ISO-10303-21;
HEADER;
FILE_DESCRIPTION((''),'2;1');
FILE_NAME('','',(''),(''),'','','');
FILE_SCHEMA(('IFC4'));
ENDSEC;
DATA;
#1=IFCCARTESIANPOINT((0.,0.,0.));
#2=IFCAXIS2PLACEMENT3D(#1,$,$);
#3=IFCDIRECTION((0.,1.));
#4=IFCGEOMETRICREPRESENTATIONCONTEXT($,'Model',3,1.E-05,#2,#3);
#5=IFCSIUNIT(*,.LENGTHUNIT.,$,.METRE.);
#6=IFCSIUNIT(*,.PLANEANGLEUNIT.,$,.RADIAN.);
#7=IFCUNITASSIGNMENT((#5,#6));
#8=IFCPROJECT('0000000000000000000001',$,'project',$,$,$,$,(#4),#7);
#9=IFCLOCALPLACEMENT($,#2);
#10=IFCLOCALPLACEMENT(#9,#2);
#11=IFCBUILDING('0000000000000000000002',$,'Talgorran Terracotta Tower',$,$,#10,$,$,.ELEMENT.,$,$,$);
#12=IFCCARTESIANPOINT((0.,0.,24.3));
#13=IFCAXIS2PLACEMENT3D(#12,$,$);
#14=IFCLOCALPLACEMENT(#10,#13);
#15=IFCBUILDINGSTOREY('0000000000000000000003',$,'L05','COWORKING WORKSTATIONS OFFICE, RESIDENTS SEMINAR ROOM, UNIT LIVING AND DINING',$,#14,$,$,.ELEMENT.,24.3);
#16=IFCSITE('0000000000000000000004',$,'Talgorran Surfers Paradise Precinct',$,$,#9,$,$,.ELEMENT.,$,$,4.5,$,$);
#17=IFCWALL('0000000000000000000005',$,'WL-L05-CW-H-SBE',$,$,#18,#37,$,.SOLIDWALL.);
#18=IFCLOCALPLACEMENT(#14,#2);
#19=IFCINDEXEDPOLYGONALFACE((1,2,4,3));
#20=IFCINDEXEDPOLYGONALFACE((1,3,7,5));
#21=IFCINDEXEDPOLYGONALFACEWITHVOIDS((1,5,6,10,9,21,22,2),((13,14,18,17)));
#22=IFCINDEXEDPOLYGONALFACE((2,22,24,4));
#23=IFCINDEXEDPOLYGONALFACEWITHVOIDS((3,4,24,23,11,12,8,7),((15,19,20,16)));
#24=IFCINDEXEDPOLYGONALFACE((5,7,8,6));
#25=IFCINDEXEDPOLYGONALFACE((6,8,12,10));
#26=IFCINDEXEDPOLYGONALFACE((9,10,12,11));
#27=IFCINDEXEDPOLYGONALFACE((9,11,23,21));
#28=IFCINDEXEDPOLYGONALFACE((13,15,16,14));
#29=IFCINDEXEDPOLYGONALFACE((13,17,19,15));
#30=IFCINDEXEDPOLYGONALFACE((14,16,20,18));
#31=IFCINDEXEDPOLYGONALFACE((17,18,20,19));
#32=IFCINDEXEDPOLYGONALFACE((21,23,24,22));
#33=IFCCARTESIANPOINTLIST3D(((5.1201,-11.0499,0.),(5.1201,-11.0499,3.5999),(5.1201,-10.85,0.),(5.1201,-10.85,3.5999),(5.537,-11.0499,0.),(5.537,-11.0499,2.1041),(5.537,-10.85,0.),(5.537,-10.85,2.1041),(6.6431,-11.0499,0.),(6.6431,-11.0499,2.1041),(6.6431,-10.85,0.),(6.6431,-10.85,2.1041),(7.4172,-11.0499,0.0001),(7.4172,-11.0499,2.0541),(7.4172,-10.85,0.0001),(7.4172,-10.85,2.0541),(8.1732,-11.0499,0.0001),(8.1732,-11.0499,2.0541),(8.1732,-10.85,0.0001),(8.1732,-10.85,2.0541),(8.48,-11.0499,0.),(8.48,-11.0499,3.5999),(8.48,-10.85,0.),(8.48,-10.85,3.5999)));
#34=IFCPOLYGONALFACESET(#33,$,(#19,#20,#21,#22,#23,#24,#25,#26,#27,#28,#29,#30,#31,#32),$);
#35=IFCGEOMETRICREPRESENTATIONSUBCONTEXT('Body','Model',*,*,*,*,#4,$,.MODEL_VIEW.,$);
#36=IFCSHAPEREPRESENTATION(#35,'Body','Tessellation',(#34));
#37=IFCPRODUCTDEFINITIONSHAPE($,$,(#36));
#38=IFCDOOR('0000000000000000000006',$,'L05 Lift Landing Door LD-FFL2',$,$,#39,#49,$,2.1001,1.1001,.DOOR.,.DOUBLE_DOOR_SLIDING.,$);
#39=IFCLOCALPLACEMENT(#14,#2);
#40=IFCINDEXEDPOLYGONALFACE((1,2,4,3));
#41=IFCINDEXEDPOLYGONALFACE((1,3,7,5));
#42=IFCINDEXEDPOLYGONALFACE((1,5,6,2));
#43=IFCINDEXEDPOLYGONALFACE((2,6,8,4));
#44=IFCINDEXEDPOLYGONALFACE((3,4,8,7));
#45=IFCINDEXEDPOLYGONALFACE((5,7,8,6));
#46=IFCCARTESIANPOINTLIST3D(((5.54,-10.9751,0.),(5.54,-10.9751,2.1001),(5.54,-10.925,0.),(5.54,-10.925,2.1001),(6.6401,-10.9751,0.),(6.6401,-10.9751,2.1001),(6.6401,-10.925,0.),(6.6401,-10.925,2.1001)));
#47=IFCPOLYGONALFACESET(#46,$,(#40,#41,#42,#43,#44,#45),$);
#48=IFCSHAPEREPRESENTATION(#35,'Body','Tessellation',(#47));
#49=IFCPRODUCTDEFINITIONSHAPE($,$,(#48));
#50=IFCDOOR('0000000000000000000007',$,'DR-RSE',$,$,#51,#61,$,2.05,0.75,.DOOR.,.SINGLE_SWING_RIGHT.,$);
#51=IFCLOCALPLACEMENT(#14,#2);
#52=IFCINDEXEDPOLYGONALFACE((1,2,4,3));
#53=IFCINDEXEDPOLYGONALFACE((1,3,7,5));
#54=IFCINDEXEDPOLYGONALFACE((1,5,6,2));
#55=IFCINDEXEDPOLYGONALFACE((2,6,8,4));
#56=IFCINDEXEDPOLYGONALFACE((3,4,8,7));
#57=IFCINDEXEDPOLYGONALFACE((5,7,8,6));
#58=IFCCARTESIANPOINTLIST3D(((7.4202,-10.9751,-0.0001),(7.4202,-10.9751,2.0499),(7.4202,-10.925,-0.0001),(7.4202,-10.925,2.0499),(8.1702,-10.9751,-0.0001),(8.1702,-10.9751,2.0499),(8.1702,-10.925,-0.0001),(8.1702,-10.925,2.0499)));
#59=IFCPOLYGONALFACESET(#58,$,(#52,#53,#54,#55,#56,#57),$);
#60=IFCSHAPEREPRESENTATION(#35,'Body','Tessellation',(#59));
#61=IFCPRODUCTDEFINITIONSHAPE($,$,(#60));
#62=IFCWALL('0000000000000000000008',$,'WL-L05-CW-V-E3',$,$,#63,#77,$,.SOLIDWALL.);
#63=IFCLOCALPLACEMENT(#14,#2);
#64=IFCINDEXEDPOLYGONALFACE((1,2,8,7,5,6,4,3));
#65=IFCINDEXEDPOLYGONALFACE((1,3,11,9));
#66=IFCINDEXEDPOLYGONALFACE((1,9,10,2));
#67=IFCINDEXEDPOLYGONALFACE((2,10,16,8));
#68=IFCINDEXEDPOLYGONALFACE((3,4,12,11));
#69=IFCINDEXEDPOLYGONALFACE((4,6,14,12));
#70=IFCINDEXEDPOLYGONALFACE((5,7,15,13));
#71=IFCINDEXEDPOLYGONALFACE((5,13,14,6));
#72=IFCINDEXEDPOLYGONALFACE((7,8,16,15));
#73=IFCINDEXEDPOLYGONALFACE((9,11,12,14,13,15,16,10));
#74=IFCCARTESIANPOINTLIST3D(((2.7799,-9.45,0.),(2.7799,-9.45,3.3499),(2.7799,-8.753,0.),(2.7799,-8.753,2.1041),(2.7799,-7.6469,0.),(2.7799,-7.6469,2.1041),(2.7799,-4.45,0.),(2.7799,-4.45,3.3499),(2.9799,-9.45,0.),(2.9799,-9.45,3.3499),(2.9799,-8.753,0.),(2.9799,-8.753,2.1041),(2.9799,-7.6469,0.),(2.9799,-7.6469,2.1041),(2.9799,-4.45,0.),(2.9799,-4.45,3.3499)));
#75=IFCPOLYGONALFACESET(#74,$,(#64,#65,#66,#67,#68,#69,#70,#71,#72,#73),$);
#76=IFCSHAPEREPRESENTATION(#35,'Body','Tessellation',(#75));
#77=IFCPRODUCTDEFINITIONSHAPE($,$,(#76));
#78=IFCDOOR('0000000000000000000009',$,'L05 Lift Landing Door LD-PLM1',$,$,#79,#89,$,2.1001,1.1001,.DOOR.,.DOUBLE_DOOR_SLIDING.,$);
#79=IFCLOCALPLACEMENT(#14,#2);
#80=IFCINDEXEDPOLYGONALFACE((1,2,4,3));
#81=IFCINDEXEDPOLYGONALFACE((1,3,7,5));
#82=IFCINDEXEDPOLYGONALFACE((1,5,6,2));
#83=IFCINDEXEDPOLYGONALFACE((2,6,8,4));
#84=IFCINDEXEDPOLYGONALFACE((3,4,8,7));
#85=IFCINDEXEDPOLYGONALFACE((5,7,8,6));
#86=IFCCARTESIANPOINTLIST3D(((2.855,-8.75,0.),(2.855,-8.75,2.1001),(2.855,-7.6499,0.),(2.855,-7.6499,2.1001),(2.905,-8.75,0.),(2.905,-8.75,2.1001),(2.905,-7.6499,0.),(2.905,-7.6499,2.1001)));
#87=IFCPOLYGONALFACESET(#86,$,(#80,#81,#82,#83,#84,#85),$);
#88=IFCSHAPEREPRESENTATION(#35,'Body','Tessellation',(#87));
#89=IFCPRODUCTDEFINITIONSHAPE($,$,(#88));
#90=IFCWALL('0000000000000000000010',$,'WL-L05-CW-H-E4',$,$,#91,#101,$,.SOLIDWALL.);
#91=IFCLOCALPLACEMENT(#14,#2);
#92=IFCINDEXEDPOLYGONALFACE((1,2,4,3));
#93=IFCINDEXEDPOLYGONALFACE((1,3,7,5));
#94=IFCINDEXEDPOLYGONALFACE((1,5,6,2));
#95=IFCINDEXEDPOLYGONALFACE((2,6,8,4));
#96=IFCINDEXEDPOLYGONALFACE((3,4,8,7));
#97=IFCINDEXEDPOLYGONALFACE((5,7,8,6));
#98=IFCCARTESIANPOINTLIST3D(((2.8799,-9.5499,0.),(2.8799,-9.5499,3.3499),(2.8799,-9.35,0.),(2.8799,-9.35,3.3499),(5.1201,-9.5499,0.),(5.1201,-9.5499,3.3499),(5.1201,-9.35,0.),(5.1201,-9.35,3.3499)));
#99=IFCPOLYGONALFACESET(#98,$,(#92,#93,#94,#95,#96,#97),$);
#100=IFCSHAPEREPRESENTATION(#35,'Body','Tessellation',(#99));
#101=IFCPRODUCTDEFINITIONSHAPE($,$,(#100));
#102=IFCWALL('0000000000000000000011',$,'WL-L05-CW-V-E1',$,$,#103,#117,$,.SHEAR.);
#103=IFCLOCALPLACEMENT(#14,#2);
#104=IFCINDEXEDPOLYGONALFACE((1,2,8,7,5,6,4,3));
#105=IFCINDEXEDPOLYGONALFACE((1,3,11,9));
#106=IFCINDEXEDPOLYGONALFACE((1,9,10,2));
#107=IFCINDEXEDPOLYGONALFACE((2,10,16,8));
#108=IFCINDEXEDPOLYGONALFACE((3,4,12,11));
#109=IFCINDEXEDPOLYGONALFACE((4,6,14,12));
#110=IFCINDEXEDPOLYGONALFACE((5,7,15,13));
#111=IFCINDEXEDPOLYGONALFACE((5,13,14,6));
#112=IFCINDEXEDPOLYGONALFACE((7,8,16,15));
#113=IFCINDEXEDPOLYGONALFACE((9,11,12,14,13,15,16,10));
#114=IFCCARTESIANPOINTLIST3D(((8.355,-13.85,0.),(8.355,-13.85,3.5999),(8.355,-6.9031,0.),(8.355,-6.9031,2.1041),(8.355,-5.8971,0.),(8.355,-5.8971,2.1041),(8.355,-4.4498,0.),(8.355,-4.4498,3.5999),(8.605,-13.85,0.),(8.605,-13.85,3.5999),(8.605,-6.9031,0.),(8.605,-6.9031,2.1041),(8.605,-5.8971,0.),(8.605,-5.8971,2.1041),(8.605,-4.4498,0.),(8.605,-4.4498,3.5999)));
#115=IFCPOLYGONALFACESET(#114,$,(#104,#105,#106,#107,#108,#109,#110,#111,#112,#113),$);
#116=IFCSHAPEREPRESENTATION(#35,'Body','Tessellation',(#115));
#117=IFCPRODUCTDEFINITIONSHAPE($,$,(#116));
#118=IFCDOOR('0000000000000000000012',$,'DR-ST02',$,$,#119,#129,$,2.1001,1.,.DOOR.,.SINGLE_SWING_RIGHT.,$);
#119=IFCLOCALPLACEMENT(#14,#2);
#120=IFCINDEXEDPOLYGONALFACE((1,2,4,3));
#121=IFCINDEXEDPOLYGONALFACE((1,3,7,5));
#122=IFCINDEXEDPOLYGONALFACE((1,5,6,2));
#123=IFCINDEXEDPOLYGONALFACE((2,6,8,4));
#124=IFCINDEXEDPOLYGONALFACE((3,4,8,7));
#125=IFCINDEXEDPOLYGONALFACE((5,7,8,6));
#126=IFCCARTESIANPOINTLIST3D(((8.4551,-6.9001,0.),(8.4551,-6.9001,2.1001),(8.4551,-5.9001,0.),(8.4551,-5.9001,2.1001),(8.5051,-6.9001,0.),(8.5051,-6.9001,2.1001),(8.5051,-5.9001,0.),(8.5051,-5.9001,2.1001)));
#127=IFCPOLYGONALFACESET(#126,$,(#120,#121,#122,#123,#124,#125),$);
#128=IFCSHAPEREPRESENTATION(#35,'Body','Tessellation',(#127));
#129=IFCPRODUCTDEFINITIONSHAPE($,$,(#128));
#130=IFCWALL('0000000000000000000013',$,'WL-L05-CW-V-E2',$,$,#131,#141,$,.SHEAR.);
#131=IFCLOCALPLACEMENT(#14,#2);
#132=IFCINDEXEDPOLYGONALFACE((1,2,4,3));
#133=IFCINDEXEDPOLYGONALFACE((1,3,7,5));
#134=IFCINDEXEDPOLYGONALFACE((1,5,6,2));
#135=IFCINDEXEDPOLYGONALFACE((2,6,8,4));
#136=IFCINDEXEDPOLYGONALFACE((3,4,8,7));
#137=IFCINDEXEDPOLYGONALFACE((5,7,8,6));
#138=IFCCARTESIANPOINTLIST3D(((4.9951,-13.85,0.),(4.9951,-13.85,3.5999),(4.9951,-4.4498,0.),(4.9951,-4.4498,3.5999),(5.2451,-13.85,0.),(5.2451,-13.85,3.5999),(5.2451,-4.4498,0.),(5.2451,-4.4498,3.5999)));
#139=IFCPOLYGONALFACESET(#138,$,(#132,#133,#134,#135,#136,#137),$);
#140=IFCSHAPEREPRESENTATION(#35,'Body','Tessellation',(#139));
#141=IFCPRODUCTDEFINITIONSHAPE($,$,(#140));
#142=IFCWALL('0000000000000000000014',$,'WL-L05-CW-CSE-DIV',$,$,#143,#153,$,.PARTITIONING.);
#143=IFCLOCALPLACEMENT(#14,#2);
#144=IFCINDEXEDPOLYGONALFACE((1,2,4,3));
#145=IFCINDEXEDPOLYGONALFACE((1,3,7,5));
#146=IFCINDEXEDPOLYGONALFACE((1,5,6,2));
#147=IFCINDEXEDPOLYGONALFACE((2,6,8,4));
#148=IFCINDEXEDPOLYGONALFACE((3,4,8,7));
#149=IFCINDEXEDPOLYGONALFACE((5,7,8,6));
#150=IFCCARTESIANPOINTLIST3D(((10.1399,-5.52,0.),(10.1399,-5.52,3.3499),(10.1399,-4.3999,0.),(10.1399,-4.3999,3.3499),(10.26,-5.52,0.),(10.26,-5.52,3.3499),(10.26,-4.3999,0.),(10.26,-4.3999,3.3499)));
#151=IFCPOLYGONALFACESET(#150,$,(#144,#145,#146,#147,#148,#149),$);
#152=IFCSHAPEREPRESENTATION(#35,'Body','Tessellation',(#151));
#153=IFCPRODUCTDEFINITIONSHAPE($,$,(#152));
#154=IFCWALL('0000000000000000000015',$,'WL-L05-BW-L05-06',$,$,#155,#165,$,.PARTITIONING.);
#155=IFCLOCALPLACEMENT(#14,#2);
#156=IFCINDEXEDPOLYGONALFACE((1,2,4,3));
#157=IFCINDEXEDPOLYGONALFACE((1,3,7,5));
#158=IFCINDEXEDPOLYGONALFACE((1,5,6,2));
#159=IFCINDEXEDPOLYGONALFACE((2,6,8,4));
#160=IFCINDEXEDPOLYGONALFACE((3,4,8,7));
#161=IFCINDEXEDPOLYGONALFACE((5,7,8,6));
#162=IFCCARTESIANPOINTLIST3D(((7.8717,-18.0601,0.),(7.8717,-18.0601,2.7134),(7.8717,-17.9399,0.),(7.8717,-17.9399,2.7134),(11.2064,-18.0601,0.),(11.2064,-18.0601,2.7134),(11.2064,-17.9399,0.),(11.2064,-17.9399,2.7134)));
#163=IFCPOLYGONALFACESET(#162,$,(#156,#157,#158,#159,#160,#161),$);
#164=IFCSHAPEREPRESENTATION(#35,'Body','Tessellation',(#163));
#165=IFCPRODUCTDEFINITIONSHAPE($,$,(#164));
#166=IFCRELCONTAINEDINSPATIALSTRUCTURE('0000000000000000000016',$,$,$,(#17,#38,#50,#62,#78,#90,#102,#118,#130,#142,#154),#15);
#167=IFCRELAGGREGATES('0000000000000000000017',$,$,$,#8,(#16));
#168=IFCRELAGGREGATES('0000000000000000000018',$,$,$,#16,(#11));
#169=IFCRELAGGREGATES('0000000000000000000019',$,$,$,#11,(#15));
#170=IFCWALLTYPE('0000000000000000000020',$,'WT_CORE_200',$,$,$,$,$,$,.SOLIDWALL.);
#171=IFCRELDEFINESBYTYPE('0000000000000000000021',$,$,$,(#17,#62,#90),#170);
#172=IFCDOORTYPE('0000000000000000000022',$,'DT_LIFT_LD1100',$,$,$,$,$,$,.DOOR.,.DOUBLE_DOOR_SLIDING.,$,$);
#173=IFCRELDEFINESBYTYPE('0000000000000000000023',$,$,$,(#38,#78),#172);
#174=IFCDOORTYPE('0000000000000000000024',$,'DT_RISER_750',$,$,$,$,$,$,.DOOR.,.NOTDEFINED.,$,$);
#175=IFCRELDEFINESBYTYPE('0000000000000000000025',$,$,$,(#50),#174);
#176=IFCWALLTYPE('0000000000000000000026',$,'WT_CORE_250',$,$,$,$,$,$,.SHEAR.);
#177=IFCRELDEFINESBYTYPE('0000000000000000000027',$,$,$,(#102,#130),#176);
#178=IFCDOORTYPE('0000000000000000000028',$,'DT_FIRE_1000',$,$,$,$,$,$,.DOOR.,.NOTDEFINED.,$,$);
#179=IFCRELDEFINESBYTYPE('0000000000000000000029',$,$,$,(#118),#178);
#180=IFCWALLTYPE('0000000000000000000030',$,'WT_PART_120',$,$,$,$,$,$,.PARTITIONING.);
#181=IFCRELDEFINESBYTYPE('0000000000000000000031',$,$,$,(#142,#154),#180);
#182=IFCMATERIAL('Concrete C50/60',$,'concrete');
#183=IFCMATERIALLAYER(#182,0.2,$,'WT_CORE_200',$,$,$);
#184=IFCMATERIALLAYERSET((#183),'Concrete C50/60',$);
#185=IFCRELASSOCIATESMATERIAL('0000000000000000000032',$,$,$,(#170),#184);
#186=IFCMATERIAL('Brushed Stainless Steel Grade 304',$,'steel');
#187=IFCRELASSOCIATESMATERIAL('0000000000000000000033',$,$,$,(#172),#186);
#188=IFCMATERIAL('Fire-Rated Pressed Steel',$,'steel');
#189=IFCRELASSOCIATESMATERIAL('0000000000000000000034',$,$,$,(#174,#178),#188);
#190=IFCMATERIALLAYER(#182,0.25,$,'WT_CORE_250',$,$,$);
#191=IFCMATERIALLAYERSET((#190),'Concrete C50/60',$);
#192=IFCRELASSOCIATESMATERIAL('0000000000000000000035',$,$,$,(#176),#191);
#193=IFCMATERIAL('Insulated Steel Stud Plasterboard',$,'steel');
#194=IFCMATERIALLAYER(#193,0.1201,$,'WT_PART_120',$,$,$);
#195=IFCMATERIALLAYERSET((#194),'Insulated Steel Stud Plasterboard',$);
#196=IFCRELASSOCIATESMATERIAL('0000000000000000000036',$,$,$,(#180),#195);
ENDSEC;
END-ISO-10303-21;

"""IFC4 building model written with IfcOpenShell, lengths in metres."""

from ifc_helpers import new_model, si_unit, direction, frame, frame_2d, origin, place, context, subcontext, project, spatial, rectangle, extrude, material, layer, layer_set, type_object, element, fill, save


model = new_model("IFC4")

# Units and contexts
model_context = context("Model", 3, precision=1e-05, world=origin(), true_north=direction((0.0, 1.0)))
body_context = subcontext(model_context, "Body", "Model", "MODEL_VIEW")
ifc_project = project(units=[si_unit("LENGTHUNIT", "METRE"), si_unit("PLANEANGLEUNIT", "RADIAN")], contexts=[model_context])

# Site, building, storey
site_placement = place(None, origin())
site = spatial("IfcSite", under=ifc_project, at=site_placement, Name="Talgorran Surfers Paradise Precinct", CompositionType="ELEMENT", RefElevation=4.5)
building_placement = place(site_placement, origin())
building = spatial("IfcBuilding", under=site, at=building_placement, Name="Talgorran Terracotta Tower", CompositionType="ELEMENT")
storey_placement = place(building_placement, frame((0.0, 0.0, 24.3)))
storey = spatial("IfcBuildingStorey", under=building, at=storey_placement, Name="L05", Description="COWORKING WORKSTATIONS OFFICE, RESIDENTS SEMINAR ROOM, UNIT LIVING AND DINING", CompositionType="ELEMENT", Elevation=24.3)

# Shared definitions
ifc_material_1 = material(Name="Concrete C50/60", Category="concrete")
ifc_layer_1 = layer(ifc_material_1, 0.2, Name="WT_CORE_200")
ifc_layer_set_1 = layer_set([ifc_layer_1], Name="Concrete C50/60")
wall_type_1 = type_object("IfcWallType", Name="WT_CORE_200", PredefinedType="SOLIDWALL", material=ifc_layer_set_1)

# Wall, openings, doors
wall_1_placement = place(storey_placement, frame((5.1201, -10.95, 0.0), z_axis=(0.0, 0.0, 1.0), x_axis=(1.0, 0.0, 0.0)))
wall_1 = element("IfcWall", 1, at=wall_1_placement, inside=storey, type_object=wall_type_1, Name="WL-L05-CW-H-SBE", PredefinedType="SOLIDWALL", context=body_context, shape_type="SweptSolid", body=[
    extrude(rectangle(XDim=3.3599, YDim=0.2, at=frame_2d((1.6799, 0.0))), origin(), (0.0, 0.0, 1.0), 3.5999),
])
opening_1_placement = place(wall_1_placement, frame((0.4199, 0.0, 0.0)))
opening_1 = element("IfcOpeningElement", 2, at=opening_1_placement, cuts=wall_1, PredefinedType="OPENING", context=body_context, shape_type="SweptSolid", body=[
    extrude(rectangle(XDim=1.1061, YDim=2.1041, at=frame_2d((0.55, 1.052))), frame((0.0, 0.1099, 0.0), z_axis=(0.0, -1.0, 0.0), x_axis=(1.0, 0.0, 0.0)), (0.0, 0.0, 1.0), 0.22),
])
opening_2_placement = place(wall_1_placement, frame((2.3, 0.0, 0.0)))
opening_2 = element("IfcOpeningElement", 3, at=opening_2_placement, cuts=wall_1, PredefinedType="OPENING", context=body_context, shape_type="SweptSolid", body=[
    extrude(rectangle(XDim=0.756, YDim=2.054, at=frame_2d((0.375, 1.0271))), frame((0.0, 0.1099, 0.0), z_axis=(0.0, -1.0, 0.0), x_axis=(1.0, 0.0, 0.0)), (0.0, 0.0, 1.0), 0.22),
])
ifc_material_2 = material(Name="Brushed Stainless Steel Grade 304", Category="steel")
door_type_1 = type_object("IfcDoorType", Name="DT_LIFT_LD1100", OperationType="DOUBLE_DOOR_SLIDING", PredefinedType="DOOR", material=ifc_material_2)
door_1_placement = place(opening_1_placement, origin())
door_1 = element("IfcDoor", 4, at=door_1_placement, inside=storey, type_object=door_type_1, Name="L05 Lift Landing Door LD-FFL2", OperationType="DOUBLE_DOOR_SLIDING", OverallHeight=2.1001, OverallWidth=1.1001, PredefinedType="DOOR", context=body_context, shape_type="SweptSolid", body=[
    extrude(rectangle(XDim=1.1001, YDim=2.1001, at=frame_2d((0.55, 1.05))), frame((0.0, 0.0249, 0.0), z_axis=(0.0, -1.0, 0.0), x_axis=(1.0, 0.0, 0.0)), (0.0, 0.0, 1.0), 0.05),
])
fill(opening_1, door_1)
ifc_material_3 = material(Name="Fire-Rated Pressed Steel", Category="steel")
door_type_2 = type_object("IfcDoorType", Name="DT_RISER_750", OperationType="NOTDEFINED", PredefinedType="DOOR", material=ifc_material_3)
door_2_placement = place(opening_2_placement, origin())
door_2 = element("IfcDoor", 5, at=door_2_placement, inside=storey, type_object=door_type_2, Name="DR-RSE", OperationType="SINGLE_SWING_RIGHT", OverallHeight=2.05, OverallWidth=0.75, PredefinedType="DOOR", context=body_context, shape_type="SweptSolid", body=[
    extrude(rectangle(XDim=0.75, YDim=2.05, at=frame_2d((0.375, 1.0249))), frame((0.0, 0.0249, 0.0), z_axis=(0.0, -1.0, 0.0), x_axis=(1.0, 0.0, 0.0)), (0.0, 0.0, 1.0), 0.05),
])
fill(opening_2, door_2)

# Wall, opening, door
wall_2_placement = place(storey_placement, frame((2.8799, -9.45, 0.0), z_axis=(0.0, 0.0, 1.0), x_axis=(0.0, 1.0, 0.0)))
wall_2 = element("IfcWall", 6, at=wall_2_placement, inside=storey, type_object=wall_type_1, Name="WL-L05-CW-V-E3", PredefinedType="SOLIDWALL", context=body_context, shape_type="SweptSolid", body=[
    extrude(rectangle(XDim=5.0, YDim=0.2, at=frame_2d((2.5, 0.0))), origin(), (0.0, 0.0, 1.0), 3.3499),
])
opening_3_placement = place(wall_2_placement, frame((0.7, 0.0, 0.0)))
opening_3 = element("IfcOpeningElement", 7, at=opening_3_placement, cuts=wall_2, PredefinedType="OPENING", context=body_context, shape_type="SweptSolid", body=[
    extrude(rectangle(XDim=1.1061, YDim=2.1041, at=frame_2d((0.55, 1.052))), frame((0.0, 0.1099, 0.0), z_axis=(0.0, -1.0, 0.0), x_axis=(1.0, 0.0, 0.0)), (0.0, 0.0, 1.0), 0.22),
])
door_3_placement = place(opening_3_placement, origin())
door_3 = element("IfcDoor", 8, at=door_3_placement, inside=storey, type_object=door_type_1, Name="L05 Lift Landing Door LD-PLM1", OperationType="DOUBLE_DOOR_SLIDING", OverallHeight=2.1001, OverallWidth=1.1001, PredefinedType="DOOR", context=body_context, shape_type="SweptSolid", body=[
    extrude(rectangle(XDim=1.1001, YDim=2.1001, at=frame_2d((0.55, 1.05))), frame((0.0, 0.0249, 0.0), z_axis=(0.0, -1.0, 0.0), x_axis=(1.0, 0.0, 0.0)), (0.0, 0.0, 1.0), 0.05),
])
fill(opening_3, door_3)

# Wall
wall_3_placement = place(storey_placement, frame((2.8799, -9.45, 0.0), z_axis=(0.0, 0.0, 1.0), x_axis=(1.0, 0.0, 0.0)))
element("IfcWall", 9, at=wall_3_placement, inside=storey, type_object=wall_type_1, Name="WL-L05-CW-H-E4", PredefinedType="SOLIDWALL", context=body_context, shape_type="SweptSolid", body=[
    extrude(rectangle(XDim=2.2402, YDim=0.2, at=frame_2d((1.1201, 0.0))), origin(), (0.0, 0.0, 1.0), 3.3499),
])

# Wall, opening, door
ifc_layer_2 = layer(ifc_material_1, 0.25, Name="WT_CORE_250")
ifc_layer_set_2 = layer_set([ifc_layer_2], Name="Concrete C50/60")
wall_type_2 = type_object("IfcWallType", Name="WT_CORE_250", PredefinedType="SHEAR", material=ifc_layer_set_2)
wall_4_placement = place(storey_placement, frame((8.48, -13.8501, 0.0), z_axis=(0.0, 0.0, 1.0), x_axis=(0.0, 1.0, 0.0)))
wall_4 = element("IfcWall", 10, at=wall_4_placement, inside=storey, type_object=wall_type_2, Name="WL-L05-CW-V-E1", PredefinedType="SHEAR", context=body_context, shape_type="SweptSolid", body=[
    extrude(rectangle(XDim=9.4001, YDim=0.25, at=frame_2d((4.7002, 0.0))), origin(), (0.0, 0.0, 1.0), 3.5999),
])
opening_4_placement = place(wall_4_placement, frame((6.95, 0.0, 0.0)))
opening_4 = element("IfcOpeningElement", 11, at=opening_4_placement, cuts=wall_4, PredefinedType="OPENING", context=body_context, shape_type="SweptSolid", body=[
    extrude(rectangle(XDim=1.006, YDim=2.1041, at=frame_2d((0.5, 1.052))), frame((0.0, 0.135, 0.0), z_axis=(0.0, -1.0, 0.0), x_axis=(1.0, 0.0, 0.0)), (0.0, 0.0, 1.0), 0.27),
])
door_type_3 = type_object("IfcDoorType", Name="DT_FIRE_1000", OperationType="NOTDEFINED", PredefinedType="DOOR", material=ifc_material_3)
door_4_placement = place(opening_4_placement, origin())
door_4 = element("IfcDoor", 12, at=door_4_placement, inside=storey, type_object=door_type_3, Name="DR-ST02", OperationType="SINGLE_SWING_RIGHT", OverallHeight=2.1001, OverallWidth=1.0, PredefinedType="DOOR", context=body_context, shape_type="SweptSolid", body=[
    extrude(rectangle(XDim=1.0, YDim=2.1001, at=frame_2d((0.5, 1.05))), frame((0.0, 0.0249, 0.0), z_axis=(0.0, -1.0, 0.0), x_axis=(1.0, 0.0, 0.0)), (0.0, 0.0, 1.0), 0.05),
])
fill(opening_4, door_4)

# Walls
wall_5_placement = place(storey_placement, frame((5.1201, -13.8501, 0.0), z_axis=(0.0, 0.0, 1.0), x_axis=(0.0, 1.0, 0.0)))
element("IfcWall", 13, at=wall_5_placement, inside=storey, type_object=wall_type_2, Name="WL-L05-CW-V-E2", PredefinedType="SHEAR", context=body_context, shape_type="SweptSolid", body=[
    extrude(rectangle(XDim=9.4001, YDim=0.25, at=frame_2d((4.7002, 0.0))), origin(), (0.0, 0.0, 1.0), 3.5999),
])
ifc_material_4 = material(Name="Insulated Steel Stud Plasterboard", Category="steel")
ifc_layer_3 = layer(ifc_material_4, 0.1201, Name="WT_PART_120")
ifc_layer_set_3 = layer_set([ifc_layer_3], Name="Insulated Steel Stud Plasterboard")
wall_type_3 = type_object("IfcWallType", Name="WT_PART_120", PredefinedType="PARTITIONING", material=ifc_layer_set_3)
wall_6_placement = place(storey_placement, frame((10.2, -5.52, 0.0), z_axis=(0.0, 0.0, 1.0), x_axis=(0.0, 1.0, 0.0)))
element("IfcWall", 14, at=wall_6_placement, inside=storey, type_object=wall_type_3, Name="WL-L05-CW-CSE-DIV", PredefinedType="PARTITIONING", context=body_context, shape_type="SweptSolid", body=[
    extrude(rectangle(XDim=1.1201, YDim=0.1201, at=frame_2d((0.5601, 0.0))), origin(), (0.0, 0.0, 1.0), 3.3499),
])
wall_7_placement = place(storey_placement, frame((7.8716, -18.0, 0.0), z_axis=(0.0, 0.0, 1.0), x_axis=(1.0, 0.0, 0.0)))
element("IfcWall", 15, at=wall_7_placement, inside=storey, type_object=wall_type_3, Name="WL-L05-BW-L05-06", PredefinedType="PARTITIONING", context=body_context, shape_type="SweptSolid", body=[
    extrude(rectangle(XDim=3.3347, YDim=0.1201, at=frame_2d((1.6675, 0.0))), origin(), (0.0, 0.0, 1.0), 2.7134),
])

save(model, "model.ifc")
